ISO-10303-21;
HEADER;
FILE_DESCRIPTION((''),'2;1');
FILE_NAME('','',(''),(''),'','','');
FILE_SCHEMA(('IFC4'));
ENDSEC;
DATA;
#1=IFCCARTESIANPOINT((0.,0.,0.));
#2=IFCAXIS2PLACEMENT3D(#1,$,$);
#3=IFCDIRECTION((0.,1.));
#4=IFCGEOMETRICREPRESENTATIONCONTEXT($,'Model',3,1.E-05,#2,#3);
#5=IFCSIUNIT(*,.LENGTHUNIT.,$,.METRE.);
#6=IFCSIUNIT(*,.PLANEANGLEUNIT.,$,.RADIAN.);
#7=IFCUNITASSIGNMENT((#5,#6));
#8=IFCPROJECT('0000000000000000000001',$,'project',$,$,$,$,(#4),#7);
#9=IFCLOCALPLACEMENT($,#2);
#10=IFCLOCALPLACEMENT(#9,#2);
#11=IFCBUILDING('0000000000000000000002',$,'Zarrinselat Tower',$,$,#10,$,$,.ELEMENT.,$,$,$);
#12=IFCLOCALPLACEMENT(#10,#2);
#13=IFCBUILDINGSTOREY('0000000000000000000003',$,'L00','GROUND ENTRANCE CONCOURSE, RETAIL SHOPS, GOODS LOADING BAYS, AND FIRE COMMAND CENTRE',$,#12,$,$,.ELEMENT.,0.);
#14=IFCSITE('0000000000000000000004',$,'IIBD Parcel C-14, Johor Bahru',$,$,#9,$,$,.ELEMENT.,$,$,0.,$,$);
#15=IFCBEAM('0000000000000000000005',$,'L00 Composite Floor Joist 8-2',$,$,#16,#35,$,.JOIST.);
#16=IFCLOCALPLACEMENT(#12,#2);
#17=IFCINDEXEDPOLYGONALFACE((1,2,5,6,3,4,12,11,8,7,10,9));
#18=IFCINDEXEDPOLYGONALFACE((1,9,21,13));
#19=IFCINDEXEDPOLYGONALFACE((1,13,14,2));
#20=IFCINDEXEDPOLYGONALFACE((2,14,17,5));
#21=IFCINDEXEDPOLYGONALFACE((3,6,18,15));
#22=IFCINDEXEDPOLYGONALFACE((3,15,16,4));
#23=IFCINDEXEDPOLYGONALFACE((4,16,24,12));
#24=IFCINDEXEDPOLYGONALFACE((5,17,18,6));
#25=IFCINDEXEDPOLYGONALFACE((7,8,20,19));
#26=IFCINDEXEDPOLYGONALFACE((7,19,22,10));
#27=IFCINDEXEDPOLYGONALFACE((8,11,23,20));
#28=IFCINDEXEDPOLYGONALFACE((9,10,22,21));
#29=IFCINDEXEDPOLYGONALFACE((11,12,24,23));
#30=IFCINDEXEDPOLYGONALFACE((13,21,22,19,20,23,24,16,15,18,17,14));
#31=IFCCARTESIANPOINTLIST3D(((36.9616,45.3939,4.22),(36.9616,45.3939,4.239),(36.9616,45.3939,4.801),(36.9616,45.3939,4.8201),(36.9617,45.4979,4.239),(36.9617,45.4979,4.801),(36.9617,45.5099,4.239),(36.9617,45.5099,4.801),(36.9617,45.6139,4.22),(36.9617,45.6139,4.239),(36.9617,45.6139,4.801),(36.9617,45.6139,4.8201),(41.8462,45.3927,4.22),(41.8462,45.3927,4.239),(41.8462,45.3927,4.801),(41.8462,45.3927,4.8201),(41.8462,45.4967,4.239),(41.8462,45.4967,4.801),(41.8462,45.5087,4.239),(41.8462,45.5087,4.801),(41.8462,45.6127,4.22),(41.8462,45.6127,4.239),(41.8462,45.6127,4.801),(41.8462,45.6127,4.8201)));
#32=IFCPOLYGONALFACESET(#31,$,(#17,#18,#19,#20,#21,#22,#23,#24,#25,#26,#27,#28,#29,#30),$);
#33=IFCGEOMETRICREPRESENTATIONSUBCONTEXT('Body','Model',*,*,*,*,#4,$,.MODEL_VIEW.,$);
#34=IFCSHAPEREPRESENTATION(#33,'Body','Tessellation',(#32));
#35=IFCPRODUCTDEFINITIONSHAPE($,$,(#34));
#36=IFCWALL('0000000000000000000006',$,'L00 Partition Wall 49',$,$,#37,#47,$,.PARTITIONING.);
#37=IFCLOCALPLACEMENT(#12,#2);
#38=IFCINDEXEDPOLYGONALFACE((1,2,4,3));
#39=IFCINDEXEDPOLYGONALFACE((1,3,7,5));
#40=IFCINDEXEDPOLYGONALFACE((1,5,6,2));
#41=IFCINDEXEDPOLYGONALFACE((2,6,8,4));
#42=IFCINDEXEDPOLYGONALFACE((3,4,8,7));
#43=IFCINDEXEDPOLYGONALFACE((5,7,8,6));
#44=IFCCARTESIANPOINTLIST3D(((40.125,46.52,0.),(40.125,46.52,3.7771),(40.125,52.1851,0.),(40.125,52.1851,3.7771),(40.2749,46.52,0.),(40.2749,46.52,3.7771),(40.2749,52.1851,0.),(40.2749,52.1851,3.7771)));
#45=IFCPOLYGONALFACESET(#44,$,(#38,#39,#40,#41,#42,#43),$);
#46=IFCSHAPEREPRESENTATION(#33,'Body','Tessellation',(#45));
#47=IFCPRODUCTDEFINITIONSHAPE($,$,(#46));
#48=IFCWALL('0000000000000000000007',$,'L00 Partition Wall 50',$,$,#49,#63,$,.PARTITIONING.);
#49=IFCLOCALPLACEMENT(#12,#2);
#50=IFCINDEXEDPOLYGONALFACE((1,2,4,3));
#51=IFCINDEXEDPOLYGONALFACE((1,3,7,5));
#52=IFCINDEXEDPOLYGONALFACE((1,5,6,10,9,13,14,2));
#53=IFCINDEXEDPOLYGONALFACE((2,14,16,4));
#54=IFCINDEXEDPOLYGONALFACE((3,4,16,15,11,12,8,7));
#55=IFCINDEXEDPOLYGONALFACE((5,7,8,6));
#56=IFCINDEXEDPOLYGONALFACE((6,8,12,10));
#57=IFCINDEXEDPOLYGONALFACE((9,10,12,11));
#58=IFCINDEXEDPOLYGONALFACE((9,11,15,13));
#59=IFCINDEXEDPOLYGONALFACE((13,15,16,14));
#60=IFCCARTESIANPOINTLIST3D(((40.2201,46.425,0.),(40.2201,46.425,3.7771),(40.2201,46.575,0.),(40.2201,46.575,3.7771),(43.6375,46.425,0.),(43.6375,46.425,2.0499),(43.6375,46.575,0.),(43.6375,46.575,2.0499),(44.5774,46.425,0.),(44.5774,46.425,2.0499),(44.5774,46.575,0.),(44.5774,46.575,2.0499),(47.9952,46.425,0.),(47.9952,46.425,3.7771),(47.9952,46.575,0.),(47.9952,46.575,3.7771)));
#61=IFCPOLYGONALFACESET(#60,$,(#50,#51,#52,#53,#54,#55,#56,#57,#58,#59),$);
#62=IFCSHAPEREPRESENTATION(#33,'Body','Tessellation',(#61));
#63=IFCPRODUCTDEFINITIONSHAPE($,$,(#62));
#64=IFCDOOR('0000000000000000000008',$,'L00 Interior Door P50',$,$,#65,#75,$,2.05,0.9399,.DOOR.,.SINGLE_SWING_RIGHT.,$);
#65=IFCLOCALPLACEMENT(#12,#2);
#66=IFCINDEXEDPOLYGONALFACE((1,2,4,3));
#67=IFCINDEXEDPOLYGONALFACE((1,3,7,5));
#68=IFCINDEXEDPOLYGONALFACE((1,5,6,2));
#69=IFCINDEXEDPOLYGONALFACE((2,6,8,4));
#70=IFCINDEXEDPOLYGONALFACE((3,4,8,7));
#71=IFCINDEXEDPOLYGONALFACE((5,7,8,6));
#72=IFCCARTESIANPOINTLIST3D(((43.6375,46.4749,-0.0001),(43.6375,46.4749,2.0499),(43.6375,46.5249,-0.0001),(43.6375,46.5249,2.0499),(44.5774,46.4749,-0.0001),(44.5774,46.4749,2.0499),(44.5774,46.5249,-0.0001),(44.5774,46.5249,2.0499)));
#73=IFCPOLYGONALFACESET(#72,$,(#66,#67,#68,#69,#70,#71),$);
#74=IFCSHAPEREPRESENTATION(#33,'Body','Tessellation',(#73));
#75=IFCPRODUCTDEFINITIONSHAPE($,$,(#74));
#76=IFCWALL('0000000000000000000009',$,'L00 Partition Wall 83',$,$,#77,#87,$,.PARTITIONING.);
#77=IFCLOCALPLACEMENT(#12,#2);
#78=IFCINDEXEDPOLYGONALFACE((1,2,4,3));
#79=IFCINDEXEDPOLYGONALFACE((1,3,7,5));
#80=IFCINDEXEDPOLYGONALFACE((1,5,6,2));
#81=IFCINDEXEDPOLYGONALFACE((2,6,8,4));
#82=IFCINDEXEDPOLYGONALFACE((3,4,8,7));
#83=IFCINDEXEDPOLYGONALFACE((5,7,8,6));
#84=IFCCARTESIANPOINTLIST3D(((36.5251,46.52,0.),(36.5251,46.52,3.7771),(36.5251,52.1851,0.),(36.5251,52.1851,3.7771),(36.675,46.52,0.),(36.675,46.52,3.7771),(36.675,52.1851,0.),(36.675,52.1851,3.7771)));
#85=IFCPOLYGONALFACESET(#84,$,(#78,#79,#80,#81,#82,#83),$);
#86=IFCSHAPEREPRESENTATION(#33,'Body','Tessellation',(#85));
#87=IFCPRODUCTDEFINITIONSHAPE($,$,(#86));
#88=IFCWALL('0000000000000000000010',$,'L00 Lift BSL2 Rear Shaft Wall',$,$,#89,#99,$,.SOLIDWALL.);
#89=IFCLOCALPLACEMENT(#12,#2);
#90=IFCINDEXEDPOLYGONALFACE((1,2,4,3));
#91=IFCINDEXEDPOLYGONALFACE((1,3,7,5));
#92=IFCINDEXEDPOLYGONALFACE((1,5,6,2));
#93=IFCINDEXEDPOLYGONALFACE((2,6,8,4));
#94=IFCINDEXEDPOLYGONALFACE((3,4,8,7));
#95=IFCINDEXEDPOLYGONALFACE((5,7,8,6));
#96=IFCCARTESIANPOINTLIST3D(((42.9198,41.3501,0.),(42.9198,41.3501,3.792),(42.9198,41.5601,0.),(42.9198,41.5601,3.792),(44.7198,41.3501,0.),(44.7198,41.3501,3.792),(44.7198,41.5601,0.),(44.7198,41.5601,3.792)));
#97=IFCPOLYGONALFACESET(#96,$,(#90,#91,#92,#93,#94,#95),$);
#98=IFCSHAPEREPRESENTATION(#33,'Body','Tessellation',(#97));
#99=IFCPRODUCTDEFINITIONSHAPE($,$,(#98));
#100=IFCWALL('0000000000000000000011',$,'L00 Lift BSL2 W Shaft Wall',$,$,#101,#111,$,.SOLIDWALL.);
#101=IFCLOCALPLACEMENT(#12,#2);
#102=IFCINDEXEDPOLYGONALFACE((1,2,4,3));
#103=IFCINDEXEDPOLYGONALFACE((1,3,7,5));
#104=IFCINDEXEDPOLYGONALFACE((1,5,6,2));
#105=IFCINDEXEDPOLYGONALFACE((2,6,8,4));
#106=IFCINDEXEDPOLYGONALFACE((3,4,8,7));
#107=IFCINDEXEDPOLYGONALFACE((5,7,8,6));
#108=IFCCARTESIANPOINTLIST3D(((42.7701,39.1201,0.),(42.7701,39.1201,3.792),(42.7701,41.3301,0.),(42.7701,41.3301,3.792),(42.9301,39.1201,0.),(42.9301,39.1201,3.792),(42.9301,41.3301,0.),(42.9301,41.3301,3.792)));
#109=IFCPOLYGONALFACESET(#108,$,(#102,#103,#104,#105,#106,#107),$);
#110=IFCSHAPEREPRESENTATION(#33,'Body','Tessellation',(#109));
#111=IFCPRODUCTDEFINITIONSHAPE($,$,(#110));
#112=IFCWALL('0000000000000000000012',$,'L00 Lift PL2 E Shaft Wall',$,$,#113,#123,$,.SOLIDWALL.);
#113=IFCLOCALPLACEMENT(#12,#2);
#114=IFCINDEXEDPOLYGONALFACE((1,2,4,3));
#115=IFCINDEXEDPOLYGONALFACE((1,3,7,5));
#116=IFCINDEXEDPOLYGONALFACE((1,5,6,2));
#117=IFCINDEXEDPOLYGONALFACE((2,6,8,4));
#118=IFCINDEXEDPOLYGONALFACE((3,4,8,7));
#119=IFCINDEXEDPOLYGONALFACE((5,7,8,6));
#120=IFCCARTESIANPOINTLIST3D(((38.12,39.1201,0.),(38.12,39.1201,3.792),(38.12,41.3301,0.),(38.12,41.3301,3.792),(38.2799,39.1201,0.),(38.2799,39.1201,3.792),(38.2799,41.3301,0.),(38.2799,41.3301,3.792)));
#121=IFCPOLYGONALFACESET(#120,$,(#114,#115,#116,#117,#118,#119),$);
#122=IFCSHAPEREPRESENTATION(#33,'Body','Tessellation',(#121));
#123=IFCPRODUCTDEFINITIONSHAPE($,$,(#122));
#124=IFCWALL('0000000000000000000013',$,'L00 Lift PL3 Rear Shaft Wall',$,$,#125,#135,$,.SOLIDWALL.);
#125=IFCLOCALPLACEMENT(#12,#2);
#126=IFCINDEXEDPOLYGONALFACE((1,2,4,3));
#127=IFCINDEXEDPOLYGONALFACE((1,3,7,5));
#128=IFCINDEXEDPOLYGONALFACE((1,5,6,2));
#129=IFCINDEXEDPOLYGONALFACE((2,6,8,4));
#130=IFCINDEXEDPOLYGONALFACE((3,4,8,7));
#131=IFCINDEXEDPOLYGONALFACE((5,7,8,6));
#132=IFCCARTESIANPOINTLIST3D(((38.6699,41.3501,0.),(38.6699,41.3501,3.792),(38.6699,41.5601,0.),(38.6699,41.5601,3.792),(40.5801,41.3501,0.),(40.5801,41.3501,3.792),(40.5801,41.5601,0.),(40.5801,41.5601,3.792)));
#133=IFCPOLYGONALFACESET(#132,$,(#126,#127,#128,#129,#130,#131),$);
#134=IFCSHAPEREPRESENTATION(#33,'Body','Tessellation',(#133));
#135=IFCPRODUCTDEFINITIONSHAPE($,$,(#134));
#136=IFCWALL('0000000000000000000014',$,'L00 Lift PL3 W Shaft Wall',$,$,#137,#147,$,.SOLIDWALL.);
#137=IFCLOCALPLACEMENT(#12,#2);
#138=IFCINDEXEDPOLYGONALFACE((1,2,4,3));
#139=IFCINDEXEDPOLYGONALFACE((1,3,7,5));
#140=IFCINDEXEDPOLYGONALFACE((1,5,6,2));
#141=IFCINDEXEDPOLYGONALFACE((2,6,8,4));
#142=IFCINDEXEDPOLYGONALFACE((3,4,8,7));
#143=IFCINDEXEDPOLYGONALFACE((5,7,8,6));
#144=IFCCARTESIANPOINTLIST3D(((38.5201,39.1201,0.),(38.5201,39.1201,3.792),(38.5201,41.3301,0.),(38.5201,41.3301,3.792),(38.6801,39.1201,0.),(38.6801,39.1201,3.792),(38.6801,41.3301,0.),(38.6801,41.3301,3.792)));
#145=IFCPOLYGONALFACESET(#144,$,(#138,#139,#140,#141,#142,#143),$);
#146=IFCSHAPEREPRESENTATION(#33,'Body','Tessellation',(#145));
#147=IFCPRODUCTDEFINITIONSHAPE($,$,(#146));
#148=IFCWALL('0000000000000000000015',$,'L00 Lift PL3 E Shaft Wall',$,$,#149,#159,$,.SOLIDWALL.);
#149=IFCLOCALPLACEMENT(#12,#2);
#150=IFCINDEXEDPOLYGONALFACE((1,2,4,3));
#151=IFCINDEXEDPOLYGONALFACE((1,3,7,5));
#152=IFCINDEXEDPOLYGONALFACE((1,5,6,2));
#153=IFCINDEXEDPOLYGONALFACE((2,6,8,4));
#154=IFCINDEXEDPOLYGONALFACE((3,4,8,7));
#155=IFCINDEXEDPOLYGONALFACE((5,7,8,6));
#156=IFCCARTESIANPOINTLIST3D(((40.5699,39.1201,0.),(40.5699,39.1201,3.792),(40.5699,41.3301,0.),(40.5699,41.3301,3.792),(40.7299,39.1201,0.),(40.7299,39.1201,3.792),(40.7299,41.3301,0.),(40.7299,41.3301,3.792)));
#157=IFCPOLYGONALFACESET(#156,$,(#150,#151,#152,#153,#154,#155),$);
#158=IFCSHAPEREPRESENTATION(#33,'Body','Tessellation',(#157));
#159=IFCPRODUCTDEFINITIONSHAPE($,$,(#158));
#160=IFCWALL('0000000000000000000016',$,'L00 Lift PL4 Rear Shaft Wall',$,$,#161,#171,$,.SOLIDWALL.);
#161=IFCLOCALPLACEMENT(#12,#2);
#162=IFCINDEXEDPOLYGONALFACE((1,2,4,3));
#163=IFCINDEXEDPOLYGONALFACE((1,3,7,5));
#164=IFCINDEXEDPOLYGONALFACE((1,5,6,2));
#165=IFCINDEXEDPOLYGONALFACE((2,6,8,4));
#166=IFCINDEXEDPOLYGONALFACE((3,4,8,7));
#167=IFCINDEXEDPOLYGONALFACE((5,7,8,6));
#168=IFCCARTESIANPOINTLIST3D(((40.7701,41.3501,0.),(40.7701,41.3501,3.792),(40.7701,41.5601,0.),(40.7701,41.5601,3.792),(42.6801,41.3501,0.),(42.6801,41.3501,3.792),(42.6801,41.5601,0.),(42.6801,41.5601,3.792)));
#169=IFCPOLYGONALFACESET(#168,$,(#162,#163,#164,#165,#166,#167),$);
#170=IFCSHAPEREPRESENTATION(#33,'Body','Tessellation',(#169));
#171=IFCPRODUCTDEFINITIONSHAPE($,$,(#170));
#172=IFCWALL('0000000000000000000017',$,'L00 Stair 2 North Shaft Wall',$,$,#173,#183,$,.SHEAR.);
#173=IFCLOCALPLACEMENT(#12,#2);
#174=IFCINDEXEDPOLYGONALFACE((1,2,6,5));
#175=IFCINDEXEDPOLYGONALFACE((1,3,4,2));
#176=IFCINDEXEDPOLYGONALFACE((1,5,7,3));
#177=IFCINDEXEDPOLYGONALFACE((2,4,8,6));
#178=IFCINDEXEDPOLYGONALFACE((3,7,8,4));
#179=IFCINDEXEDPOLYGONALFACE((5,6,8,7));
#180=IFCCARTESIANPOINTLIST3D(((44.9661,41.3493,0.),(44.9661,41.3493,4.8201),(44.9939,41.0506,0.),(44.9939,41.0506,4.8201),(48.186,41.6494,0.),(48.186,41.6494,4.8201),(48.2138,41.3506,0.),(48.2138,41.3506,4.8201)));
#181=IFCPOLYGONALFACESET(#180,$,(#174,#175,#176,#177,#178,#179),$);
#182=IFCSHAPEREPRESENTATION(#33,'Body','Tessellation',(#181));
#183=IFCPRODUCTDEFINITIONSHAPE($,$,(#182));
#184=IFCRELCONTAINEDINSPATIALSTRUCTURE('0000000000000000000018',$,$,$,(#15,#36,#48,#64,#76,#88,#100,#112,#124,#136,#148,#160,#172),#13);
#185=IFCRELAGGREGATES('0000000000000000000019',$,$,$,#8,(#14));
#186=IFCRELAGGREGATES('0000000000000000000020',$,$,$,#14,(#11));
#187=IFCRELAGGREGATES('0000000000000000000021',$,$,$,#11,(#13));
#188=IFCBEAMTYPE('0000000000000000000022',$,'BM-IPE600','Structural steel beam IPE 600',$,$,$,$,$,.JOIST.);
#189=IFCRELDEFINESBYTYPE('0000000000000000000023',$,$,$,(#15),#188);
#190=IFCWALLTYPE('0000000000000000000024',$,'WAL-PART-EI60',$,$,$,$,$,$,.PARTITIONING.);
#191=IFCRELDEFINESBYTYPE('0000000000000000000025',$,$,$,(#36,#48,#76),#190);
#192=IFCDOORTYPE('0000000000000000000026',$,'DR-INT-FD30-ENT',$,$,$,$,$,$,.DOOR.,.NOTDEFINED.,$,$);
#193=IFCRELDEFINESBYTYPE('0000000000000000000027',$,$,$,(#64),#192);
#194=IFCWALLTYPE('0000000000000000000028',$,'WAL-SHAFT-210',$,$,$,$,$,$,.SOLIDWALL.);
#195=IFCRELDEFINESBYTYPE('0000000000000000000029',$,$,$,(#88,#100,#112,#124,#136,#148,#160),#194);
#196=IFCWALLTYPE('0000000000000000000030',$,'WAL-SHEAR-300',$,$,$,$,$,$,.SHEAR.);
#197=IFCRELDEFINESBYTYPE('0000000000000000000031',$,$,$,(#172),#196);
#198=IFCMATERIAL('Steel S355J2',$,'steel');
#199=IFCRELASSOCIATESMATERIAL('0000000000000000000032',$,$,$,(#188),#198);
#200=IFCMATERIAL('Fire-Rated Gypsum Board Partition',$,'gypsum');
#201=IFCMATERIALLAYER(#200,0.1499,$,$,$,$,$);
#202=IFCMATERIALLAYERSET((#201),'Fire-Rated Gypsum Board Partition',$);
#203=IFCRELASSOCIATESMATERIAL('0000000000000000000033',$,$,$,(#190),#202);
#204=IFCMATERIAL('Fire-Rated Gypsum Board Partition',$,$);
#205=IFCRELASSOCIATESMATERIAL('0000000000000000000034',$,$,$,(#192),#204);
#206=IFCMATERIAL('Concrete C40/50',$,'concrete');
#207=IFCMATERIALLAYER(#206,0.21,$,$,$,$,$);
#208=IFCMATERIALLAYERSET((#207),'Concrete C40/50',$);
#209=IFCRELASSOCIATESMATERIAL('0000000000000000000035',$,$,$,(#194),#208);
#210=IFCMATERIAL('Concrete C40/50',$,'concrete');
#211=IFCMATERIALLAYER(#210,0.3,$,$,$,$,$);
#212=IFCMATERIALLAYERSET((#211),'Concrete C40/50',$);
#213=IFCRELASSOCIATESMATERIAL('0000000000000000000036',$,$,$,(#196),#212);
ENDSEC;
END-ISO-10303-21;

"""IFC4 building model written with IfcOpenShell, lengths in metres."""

from ifc_helpers import new_model, si_unit, direction, frame, frame_2d, origin, origin_2d, place, context, subcontext, project, spatial, rectangle, i_section, extrude, material, layer, layer_set, material_profile, profile_set, type_object, element, fill, save


model = new_model("IFC4")

# Units and contexts
model_context = context("Model", 3, precision=1e-05, world=origin(), true_north=direction((0.0, 1.0)))
body_context = subcontext(model_context, "Body", "Model", "MODEL_VIEW")
ifc_project = project(units=[si_unit("LENGTHUNIT", "METRE"), si_unit("PLANEANGLEUNIT", "RADIAN")], contexts=[model_context])

# Site, building, storey
site_placement = place(None, origin())
site = spatial("IfcSite", under=ifc_project, at=site_placement, Name="IIBD Parcel C-14, Johor Bahru", CompositionType="ELEMENT", RefElevation=0.0)
building_placement = place(site_placement, origin())
building = spatial("IfcBuilding", under=site, at=building_placement, Name="Zarrinselat Tower", CompositionType="ELEMENT")
storey_placement = place(building_placement, origin())
storey = spatial("IfcBuildingStorey", under=building, at=storey_placement, Name="L00", Description="GROUND ENTRANCE CONCOURSE, RETAIL SHOPS, GOODS LOADING BAYS, AND FIRE COMMAND CENTRE", CompositionType="ELEMENT", Elevation=0.0)

# Beam
ifc_material_1 = material(Name="Steel S355J2", Category="steel")
ifc_material_profile_1 = material_profile(ifc_material_1, i_section(OverallWidth=0.22, OverallDepth=0.6001, WebThickness=0.012, FlangeThickness=0.019, at=origin_2d()), Name="IPE 600")
ifc_profile_set_1 = profile_set([ifc_material_profile_1], Name="Steel S355J2")
beam_type_1 = type_object("IfcBeamType", Name="BM-IPE600", Description="Structural steel beam IPE 600", PredefinedType="JOIST", material=ifc_profile_set_1)
beam_1_placement = place(storey_placement, frame((36.9617, 45.5039, 4.52), z_axis=(1.0, -0.00025, 0.0), x_axis=(0.00025, 1.0, 0.0)))
element("IfcBeam", 1, at=beam_1_placement, inside=storey, type_object=beam_type_1, Name="L00 Composite Floor Joist 8-2", PredefinedType="JOIST", context=body_context, shape_type="SweptSolid", body=[
    extrude(i_section(OverallWidth=0.22, OverallDepth=0.6001, WebThickness=0.012, FlangeThickness=0.019, at=origin_2d()), origin(), (0.0, 0.0, 1.0), 4.8845),
])

# Wall
ifc_material_2 = material(Name="Fire-Rated Gypsum Board Partition", Category="gypsum")
ifc_layer_1 = layer(ifc_material_2, 0.1499)
ifc_layer_set_1 = layer_set([ifc_layer_1], Name="Fire-Rated Gypsum Board Partition")
wall_type_1 = type_object("IfcWallType", Name="WAL-PART-EI60", PredefinedType="PARTITIONING", material=ifc_layer_set_1)
wall_1_placement = place(storey_placement, frame((40.2, 46.52, 0.0), z_axis=(0.0, 0.0, 1.0), x_axis=(0.0, 1.0, 0.0)))
element("IfcWall", 2, at=wall_1_placement, inside=storey, type_object=wall_type_1, Name="L00 Partition Wall 49", PredefinedType="PARTITIONING", context=body_context, shape_type="SweptSolid", body=[
    extrude(rectangle(XDim=5.665, YDim=0.1499, at=frame_2d((2.8325, 0.0))), origin(), (0.0, 0.0, 1.0), 3.7771),
])

# Wall, opening, door
wall_2_placement = place(storey_placement, frame((40.22, 46.5, 0.0), z_axis=(0.0, 0.0, 1.0), x_axis=(1.0, 0.0, 0.0)))
wall_2 = element("IfcWall", 3, at=wall_2_placement, inside=storey, type_object=wall_type_1, Name="L00 Partition Wall 50", PredefinedType="PARTITIONING", context=body_context, shape_type="SweptSolid", body=[
    extrude(rectangle(XDim=7.7751, YDim=0.1499, at=frame_2d((3.8877, 0.0))), origin(), (0.0, 0.0, 1.0), 3.7771),
])
opening_placement = place(wall_2_placement, frame((3.4175, 0.0, 0.0)))
opening = element("IfcOpeningElement", 4, at=opening_placement, cuts=wall_2, PredefinedType="OPENING", context=body_context, shape_type="SweptSolid", body=[
    extrude(rectangle(XDim=0.9399, YDim=2.05, at=frame_2d((0.47, 1.0249))), frame((0.0, 0.085, 0.0), z_axis=(0.0, -1.0, 0.0), x_axis=(1.0, 0.0, 0.0)), (0.0, 0.0, 1.0), 0.1699),
])
ifc_material_3 = material(Name="Fire-Rated Gypsum Board Partition")
door_type = type_object("IfcDoorType", Name="DR-INT-FD30-ENT", OperationType="NOTDEFINED", PredefinedType="DOOR", material=ifc_material_3)
door_placement = place(opening_placement, origin())
door = element("IfcDoor", 5, at=door_placement, inside=storey, type_object=door_type, Name="L00 Interior Door P50", OperationType="SINGLE_SWING_RIGHT", OverallHeight=2.05, OverallWidth=0.9399, PredefinedType="DOOR", context=body_context, shape_type="SweptSolid", body=[
    extrude(rectangle(XDim=0.9399, YDim=2.05, at=frame_2d((0.47, 1.0249))), frame((0.0, 0.0249, 0.0), z_axis=(0.0, -1.0, 0.0), x_axis=(1.0, 0.0, 0.0)), (0.0, 0.0, 1.0), 0.05),
])
fill(opening, door)

# Walls
wall_3_placement = place(storey_placement, frame((36.6001, 46.52, 0.0), z_axis=(0.0, 0.0, 1.0), x_axis=(0.0, 1.0, 0.0)))
element("IfcWall", 6, at=wall_3_placement, inside=storey, type_object=wall_type_1, Name="L00 Partition Wall 83", PredefinedType="PARTITIONING", context=body_context, shape_type="SweptSolid", body=[
    extrude(rectangle(XDim=5.665, YDim=0.1499, at=frame_2d((2.8325, 0.0))), origin(), (0.0, 0.0, 1.0), 3.7771),
])
ifc_material_4 = material(Name="Concrete C40/50", Category="concrete")
ifc_layer_2 = layer(ifc_material_4, 0.21)
ifc_layer_set_2 = layer_set([ifc_layer_2], Name="Concrete C40/50")
wall_type_2 = type_object("IfcWallType", Name="WAL-SHAFT-210", PredefinedType="SOLIDWALL", material=ifc_layer_set_2)
wall_4_placement = place(storey_placement, frame((42.9199, 41.4551, 0.0), z_axis=(0.0, 0.0, 1.0), x_axis=(1.0, 0.0, 0.0)))
element("IfcWall", 7, at=wall_4_placement, inside=storey, type_object=wall_type_2, Name="L00 Lift BSL2 Rear Shaft Wall", PredefinedType="SOLIDWALL", context=body_context, shape_type="SweptSolid", body=[
    extrude(rectangle(XDim=1.8, YDim=0.21, at=frame_2d((0.8999, 0.0))), origin(), (0.0, 0.0, 1.0), 3.792),
])
for number, where, z_axis, x_axis, name in (
    (8, (42.8501, 39.1201, 0.0), (0.0, 0.0, 1.0), (0.0, 1.0, 0.0), "L00 Lift BSL2 W Shaft Wall"),
    (9, (38.2, 39.1201, 0.0), (0.0, 0.0, 1.0), (0.0, 1.0, 0.0), "L00 Lift PL2 E Shaft Wall"),
):
    element("IfcWall", number, at=place(storey_placement, frame(where, z_axis=z_axis, x_axis=x_axis)), inside=storey, type_object=wall_type_2, Name=name, PredefinedType="SOLIDWALL", context=body_context, shape_type="SweptSolid", body=[
        extrude(rectangle(XDim=2.21, YDim=0.1599, at=frame_2d((1.105, 0.0))), origin(), (0.0, 0.0, 1.0), 3.792),
    ])
wall_5_placement = place(storey_placement, frame((38.6699, 41.4551, 0.0), z_axis=(0.0, 0.0, 1.0), x_axis=(1.0, 0.0, 0.0)))
element("IfcWall", 10, at=wall_5_placement, inside=storey, type_object=wall_type_2, Name="L00 Lift PL3 Rear Shaft Wall", PredefinedType="SOLIDWALL", context=body_context, shape_type="SweptSolid", body=[
    extrude(rectangle(XDim=1.9102, YDim=0.21, at=frame_2d((0.9551, 0.0))), origin(), (0.0, 0.0, 1.0), 3.792),
])
for number, where, z_axis, x_axis, name in (
    (11, (38.6001, 39.1201, 0.0), (0.0, 0.0, 1.0), (0.0, 1.0, 0.0), "L00 Lift PL3 W Shaft Wall"),
    (12, (40.6499, 39.1201, 0.0), (0.0, 0.0, 1.0), (0.0, 1.0, 0.0), "L00 Lift PL3 E Shaft Wall"),
):
    element("IfcWall", number, at=place(storey_placement, frame(where, z_axis=z_axis, x_axis=x_axis)), inside=storey, type_object=wall_type_2, Name=name, PredefinedType="SOLIDWALL", context=body_context, shape_type="SweptSolid", body=[
        extrude(rectangle(XDim=2.21, YDim=0.1599, at=frame_2d((1.105, 0.0))), origin(), (0.0, 0.0, 1.0), 3.792),
    ])
wall_6_placement = place(storey_placement, frame((40.77, 41.4551, 0.0), z_axis=(0.0, 0.0, 1.0), x_axis=(1.0, 0.0, 0.0)))
element("IfcWall", 13, at=wall_6_placement, inside=storey, type_object=wall_type_2, Name="L00 Lift PL4 Rear Shaft Wall", PredefinedType="SOLIDWALL", context=body_context, shape_type="SweptSolid", body=[
    extrude(rectangle(XDim=1.9099, YDim=0.21, at=frame_2d((0.9551, 0.0))), origin(), (0.0, 0.0, 1.0), 3.792),
])
ifc_material_5 = material(Name="Concrete C40/50", Category="concrete")
ifc_layer_3 = layer(ifc_material_5, 0.3)
ifc_layer_set_3 = layer_set([ifc_layer_3], Name="Concrete C40/50")
wall_type_3 = type_object("IfcWallType", Name="WAL-SHEAR-300", PredefinedType="SHEAR", material=ifc_layer_set_3)
wall_7_placement = place(storey_placement, frame((44.98, 41.2, 0.0), z_axis=(0.0, 0.0, 1.0), x_axis=(0.995686, 0.092782, 0.0)))
element("IfcWall", 14, at=wall_7_placement, inside=storey, type_object=wall_type_3, Name="L00 Stair 2 North Shaft Wall", PredefinedType="SHEAR", context=body_context, shape_type="SweptSolid", body=[
    extrude(rectangle(XDim=3.2339, YDim=0.3, at=frame_2d((1.6169, 0.0))), origin(), (0.0, 0.0, 1.0), 4.8201),
])

save(model, "model.ifc")
